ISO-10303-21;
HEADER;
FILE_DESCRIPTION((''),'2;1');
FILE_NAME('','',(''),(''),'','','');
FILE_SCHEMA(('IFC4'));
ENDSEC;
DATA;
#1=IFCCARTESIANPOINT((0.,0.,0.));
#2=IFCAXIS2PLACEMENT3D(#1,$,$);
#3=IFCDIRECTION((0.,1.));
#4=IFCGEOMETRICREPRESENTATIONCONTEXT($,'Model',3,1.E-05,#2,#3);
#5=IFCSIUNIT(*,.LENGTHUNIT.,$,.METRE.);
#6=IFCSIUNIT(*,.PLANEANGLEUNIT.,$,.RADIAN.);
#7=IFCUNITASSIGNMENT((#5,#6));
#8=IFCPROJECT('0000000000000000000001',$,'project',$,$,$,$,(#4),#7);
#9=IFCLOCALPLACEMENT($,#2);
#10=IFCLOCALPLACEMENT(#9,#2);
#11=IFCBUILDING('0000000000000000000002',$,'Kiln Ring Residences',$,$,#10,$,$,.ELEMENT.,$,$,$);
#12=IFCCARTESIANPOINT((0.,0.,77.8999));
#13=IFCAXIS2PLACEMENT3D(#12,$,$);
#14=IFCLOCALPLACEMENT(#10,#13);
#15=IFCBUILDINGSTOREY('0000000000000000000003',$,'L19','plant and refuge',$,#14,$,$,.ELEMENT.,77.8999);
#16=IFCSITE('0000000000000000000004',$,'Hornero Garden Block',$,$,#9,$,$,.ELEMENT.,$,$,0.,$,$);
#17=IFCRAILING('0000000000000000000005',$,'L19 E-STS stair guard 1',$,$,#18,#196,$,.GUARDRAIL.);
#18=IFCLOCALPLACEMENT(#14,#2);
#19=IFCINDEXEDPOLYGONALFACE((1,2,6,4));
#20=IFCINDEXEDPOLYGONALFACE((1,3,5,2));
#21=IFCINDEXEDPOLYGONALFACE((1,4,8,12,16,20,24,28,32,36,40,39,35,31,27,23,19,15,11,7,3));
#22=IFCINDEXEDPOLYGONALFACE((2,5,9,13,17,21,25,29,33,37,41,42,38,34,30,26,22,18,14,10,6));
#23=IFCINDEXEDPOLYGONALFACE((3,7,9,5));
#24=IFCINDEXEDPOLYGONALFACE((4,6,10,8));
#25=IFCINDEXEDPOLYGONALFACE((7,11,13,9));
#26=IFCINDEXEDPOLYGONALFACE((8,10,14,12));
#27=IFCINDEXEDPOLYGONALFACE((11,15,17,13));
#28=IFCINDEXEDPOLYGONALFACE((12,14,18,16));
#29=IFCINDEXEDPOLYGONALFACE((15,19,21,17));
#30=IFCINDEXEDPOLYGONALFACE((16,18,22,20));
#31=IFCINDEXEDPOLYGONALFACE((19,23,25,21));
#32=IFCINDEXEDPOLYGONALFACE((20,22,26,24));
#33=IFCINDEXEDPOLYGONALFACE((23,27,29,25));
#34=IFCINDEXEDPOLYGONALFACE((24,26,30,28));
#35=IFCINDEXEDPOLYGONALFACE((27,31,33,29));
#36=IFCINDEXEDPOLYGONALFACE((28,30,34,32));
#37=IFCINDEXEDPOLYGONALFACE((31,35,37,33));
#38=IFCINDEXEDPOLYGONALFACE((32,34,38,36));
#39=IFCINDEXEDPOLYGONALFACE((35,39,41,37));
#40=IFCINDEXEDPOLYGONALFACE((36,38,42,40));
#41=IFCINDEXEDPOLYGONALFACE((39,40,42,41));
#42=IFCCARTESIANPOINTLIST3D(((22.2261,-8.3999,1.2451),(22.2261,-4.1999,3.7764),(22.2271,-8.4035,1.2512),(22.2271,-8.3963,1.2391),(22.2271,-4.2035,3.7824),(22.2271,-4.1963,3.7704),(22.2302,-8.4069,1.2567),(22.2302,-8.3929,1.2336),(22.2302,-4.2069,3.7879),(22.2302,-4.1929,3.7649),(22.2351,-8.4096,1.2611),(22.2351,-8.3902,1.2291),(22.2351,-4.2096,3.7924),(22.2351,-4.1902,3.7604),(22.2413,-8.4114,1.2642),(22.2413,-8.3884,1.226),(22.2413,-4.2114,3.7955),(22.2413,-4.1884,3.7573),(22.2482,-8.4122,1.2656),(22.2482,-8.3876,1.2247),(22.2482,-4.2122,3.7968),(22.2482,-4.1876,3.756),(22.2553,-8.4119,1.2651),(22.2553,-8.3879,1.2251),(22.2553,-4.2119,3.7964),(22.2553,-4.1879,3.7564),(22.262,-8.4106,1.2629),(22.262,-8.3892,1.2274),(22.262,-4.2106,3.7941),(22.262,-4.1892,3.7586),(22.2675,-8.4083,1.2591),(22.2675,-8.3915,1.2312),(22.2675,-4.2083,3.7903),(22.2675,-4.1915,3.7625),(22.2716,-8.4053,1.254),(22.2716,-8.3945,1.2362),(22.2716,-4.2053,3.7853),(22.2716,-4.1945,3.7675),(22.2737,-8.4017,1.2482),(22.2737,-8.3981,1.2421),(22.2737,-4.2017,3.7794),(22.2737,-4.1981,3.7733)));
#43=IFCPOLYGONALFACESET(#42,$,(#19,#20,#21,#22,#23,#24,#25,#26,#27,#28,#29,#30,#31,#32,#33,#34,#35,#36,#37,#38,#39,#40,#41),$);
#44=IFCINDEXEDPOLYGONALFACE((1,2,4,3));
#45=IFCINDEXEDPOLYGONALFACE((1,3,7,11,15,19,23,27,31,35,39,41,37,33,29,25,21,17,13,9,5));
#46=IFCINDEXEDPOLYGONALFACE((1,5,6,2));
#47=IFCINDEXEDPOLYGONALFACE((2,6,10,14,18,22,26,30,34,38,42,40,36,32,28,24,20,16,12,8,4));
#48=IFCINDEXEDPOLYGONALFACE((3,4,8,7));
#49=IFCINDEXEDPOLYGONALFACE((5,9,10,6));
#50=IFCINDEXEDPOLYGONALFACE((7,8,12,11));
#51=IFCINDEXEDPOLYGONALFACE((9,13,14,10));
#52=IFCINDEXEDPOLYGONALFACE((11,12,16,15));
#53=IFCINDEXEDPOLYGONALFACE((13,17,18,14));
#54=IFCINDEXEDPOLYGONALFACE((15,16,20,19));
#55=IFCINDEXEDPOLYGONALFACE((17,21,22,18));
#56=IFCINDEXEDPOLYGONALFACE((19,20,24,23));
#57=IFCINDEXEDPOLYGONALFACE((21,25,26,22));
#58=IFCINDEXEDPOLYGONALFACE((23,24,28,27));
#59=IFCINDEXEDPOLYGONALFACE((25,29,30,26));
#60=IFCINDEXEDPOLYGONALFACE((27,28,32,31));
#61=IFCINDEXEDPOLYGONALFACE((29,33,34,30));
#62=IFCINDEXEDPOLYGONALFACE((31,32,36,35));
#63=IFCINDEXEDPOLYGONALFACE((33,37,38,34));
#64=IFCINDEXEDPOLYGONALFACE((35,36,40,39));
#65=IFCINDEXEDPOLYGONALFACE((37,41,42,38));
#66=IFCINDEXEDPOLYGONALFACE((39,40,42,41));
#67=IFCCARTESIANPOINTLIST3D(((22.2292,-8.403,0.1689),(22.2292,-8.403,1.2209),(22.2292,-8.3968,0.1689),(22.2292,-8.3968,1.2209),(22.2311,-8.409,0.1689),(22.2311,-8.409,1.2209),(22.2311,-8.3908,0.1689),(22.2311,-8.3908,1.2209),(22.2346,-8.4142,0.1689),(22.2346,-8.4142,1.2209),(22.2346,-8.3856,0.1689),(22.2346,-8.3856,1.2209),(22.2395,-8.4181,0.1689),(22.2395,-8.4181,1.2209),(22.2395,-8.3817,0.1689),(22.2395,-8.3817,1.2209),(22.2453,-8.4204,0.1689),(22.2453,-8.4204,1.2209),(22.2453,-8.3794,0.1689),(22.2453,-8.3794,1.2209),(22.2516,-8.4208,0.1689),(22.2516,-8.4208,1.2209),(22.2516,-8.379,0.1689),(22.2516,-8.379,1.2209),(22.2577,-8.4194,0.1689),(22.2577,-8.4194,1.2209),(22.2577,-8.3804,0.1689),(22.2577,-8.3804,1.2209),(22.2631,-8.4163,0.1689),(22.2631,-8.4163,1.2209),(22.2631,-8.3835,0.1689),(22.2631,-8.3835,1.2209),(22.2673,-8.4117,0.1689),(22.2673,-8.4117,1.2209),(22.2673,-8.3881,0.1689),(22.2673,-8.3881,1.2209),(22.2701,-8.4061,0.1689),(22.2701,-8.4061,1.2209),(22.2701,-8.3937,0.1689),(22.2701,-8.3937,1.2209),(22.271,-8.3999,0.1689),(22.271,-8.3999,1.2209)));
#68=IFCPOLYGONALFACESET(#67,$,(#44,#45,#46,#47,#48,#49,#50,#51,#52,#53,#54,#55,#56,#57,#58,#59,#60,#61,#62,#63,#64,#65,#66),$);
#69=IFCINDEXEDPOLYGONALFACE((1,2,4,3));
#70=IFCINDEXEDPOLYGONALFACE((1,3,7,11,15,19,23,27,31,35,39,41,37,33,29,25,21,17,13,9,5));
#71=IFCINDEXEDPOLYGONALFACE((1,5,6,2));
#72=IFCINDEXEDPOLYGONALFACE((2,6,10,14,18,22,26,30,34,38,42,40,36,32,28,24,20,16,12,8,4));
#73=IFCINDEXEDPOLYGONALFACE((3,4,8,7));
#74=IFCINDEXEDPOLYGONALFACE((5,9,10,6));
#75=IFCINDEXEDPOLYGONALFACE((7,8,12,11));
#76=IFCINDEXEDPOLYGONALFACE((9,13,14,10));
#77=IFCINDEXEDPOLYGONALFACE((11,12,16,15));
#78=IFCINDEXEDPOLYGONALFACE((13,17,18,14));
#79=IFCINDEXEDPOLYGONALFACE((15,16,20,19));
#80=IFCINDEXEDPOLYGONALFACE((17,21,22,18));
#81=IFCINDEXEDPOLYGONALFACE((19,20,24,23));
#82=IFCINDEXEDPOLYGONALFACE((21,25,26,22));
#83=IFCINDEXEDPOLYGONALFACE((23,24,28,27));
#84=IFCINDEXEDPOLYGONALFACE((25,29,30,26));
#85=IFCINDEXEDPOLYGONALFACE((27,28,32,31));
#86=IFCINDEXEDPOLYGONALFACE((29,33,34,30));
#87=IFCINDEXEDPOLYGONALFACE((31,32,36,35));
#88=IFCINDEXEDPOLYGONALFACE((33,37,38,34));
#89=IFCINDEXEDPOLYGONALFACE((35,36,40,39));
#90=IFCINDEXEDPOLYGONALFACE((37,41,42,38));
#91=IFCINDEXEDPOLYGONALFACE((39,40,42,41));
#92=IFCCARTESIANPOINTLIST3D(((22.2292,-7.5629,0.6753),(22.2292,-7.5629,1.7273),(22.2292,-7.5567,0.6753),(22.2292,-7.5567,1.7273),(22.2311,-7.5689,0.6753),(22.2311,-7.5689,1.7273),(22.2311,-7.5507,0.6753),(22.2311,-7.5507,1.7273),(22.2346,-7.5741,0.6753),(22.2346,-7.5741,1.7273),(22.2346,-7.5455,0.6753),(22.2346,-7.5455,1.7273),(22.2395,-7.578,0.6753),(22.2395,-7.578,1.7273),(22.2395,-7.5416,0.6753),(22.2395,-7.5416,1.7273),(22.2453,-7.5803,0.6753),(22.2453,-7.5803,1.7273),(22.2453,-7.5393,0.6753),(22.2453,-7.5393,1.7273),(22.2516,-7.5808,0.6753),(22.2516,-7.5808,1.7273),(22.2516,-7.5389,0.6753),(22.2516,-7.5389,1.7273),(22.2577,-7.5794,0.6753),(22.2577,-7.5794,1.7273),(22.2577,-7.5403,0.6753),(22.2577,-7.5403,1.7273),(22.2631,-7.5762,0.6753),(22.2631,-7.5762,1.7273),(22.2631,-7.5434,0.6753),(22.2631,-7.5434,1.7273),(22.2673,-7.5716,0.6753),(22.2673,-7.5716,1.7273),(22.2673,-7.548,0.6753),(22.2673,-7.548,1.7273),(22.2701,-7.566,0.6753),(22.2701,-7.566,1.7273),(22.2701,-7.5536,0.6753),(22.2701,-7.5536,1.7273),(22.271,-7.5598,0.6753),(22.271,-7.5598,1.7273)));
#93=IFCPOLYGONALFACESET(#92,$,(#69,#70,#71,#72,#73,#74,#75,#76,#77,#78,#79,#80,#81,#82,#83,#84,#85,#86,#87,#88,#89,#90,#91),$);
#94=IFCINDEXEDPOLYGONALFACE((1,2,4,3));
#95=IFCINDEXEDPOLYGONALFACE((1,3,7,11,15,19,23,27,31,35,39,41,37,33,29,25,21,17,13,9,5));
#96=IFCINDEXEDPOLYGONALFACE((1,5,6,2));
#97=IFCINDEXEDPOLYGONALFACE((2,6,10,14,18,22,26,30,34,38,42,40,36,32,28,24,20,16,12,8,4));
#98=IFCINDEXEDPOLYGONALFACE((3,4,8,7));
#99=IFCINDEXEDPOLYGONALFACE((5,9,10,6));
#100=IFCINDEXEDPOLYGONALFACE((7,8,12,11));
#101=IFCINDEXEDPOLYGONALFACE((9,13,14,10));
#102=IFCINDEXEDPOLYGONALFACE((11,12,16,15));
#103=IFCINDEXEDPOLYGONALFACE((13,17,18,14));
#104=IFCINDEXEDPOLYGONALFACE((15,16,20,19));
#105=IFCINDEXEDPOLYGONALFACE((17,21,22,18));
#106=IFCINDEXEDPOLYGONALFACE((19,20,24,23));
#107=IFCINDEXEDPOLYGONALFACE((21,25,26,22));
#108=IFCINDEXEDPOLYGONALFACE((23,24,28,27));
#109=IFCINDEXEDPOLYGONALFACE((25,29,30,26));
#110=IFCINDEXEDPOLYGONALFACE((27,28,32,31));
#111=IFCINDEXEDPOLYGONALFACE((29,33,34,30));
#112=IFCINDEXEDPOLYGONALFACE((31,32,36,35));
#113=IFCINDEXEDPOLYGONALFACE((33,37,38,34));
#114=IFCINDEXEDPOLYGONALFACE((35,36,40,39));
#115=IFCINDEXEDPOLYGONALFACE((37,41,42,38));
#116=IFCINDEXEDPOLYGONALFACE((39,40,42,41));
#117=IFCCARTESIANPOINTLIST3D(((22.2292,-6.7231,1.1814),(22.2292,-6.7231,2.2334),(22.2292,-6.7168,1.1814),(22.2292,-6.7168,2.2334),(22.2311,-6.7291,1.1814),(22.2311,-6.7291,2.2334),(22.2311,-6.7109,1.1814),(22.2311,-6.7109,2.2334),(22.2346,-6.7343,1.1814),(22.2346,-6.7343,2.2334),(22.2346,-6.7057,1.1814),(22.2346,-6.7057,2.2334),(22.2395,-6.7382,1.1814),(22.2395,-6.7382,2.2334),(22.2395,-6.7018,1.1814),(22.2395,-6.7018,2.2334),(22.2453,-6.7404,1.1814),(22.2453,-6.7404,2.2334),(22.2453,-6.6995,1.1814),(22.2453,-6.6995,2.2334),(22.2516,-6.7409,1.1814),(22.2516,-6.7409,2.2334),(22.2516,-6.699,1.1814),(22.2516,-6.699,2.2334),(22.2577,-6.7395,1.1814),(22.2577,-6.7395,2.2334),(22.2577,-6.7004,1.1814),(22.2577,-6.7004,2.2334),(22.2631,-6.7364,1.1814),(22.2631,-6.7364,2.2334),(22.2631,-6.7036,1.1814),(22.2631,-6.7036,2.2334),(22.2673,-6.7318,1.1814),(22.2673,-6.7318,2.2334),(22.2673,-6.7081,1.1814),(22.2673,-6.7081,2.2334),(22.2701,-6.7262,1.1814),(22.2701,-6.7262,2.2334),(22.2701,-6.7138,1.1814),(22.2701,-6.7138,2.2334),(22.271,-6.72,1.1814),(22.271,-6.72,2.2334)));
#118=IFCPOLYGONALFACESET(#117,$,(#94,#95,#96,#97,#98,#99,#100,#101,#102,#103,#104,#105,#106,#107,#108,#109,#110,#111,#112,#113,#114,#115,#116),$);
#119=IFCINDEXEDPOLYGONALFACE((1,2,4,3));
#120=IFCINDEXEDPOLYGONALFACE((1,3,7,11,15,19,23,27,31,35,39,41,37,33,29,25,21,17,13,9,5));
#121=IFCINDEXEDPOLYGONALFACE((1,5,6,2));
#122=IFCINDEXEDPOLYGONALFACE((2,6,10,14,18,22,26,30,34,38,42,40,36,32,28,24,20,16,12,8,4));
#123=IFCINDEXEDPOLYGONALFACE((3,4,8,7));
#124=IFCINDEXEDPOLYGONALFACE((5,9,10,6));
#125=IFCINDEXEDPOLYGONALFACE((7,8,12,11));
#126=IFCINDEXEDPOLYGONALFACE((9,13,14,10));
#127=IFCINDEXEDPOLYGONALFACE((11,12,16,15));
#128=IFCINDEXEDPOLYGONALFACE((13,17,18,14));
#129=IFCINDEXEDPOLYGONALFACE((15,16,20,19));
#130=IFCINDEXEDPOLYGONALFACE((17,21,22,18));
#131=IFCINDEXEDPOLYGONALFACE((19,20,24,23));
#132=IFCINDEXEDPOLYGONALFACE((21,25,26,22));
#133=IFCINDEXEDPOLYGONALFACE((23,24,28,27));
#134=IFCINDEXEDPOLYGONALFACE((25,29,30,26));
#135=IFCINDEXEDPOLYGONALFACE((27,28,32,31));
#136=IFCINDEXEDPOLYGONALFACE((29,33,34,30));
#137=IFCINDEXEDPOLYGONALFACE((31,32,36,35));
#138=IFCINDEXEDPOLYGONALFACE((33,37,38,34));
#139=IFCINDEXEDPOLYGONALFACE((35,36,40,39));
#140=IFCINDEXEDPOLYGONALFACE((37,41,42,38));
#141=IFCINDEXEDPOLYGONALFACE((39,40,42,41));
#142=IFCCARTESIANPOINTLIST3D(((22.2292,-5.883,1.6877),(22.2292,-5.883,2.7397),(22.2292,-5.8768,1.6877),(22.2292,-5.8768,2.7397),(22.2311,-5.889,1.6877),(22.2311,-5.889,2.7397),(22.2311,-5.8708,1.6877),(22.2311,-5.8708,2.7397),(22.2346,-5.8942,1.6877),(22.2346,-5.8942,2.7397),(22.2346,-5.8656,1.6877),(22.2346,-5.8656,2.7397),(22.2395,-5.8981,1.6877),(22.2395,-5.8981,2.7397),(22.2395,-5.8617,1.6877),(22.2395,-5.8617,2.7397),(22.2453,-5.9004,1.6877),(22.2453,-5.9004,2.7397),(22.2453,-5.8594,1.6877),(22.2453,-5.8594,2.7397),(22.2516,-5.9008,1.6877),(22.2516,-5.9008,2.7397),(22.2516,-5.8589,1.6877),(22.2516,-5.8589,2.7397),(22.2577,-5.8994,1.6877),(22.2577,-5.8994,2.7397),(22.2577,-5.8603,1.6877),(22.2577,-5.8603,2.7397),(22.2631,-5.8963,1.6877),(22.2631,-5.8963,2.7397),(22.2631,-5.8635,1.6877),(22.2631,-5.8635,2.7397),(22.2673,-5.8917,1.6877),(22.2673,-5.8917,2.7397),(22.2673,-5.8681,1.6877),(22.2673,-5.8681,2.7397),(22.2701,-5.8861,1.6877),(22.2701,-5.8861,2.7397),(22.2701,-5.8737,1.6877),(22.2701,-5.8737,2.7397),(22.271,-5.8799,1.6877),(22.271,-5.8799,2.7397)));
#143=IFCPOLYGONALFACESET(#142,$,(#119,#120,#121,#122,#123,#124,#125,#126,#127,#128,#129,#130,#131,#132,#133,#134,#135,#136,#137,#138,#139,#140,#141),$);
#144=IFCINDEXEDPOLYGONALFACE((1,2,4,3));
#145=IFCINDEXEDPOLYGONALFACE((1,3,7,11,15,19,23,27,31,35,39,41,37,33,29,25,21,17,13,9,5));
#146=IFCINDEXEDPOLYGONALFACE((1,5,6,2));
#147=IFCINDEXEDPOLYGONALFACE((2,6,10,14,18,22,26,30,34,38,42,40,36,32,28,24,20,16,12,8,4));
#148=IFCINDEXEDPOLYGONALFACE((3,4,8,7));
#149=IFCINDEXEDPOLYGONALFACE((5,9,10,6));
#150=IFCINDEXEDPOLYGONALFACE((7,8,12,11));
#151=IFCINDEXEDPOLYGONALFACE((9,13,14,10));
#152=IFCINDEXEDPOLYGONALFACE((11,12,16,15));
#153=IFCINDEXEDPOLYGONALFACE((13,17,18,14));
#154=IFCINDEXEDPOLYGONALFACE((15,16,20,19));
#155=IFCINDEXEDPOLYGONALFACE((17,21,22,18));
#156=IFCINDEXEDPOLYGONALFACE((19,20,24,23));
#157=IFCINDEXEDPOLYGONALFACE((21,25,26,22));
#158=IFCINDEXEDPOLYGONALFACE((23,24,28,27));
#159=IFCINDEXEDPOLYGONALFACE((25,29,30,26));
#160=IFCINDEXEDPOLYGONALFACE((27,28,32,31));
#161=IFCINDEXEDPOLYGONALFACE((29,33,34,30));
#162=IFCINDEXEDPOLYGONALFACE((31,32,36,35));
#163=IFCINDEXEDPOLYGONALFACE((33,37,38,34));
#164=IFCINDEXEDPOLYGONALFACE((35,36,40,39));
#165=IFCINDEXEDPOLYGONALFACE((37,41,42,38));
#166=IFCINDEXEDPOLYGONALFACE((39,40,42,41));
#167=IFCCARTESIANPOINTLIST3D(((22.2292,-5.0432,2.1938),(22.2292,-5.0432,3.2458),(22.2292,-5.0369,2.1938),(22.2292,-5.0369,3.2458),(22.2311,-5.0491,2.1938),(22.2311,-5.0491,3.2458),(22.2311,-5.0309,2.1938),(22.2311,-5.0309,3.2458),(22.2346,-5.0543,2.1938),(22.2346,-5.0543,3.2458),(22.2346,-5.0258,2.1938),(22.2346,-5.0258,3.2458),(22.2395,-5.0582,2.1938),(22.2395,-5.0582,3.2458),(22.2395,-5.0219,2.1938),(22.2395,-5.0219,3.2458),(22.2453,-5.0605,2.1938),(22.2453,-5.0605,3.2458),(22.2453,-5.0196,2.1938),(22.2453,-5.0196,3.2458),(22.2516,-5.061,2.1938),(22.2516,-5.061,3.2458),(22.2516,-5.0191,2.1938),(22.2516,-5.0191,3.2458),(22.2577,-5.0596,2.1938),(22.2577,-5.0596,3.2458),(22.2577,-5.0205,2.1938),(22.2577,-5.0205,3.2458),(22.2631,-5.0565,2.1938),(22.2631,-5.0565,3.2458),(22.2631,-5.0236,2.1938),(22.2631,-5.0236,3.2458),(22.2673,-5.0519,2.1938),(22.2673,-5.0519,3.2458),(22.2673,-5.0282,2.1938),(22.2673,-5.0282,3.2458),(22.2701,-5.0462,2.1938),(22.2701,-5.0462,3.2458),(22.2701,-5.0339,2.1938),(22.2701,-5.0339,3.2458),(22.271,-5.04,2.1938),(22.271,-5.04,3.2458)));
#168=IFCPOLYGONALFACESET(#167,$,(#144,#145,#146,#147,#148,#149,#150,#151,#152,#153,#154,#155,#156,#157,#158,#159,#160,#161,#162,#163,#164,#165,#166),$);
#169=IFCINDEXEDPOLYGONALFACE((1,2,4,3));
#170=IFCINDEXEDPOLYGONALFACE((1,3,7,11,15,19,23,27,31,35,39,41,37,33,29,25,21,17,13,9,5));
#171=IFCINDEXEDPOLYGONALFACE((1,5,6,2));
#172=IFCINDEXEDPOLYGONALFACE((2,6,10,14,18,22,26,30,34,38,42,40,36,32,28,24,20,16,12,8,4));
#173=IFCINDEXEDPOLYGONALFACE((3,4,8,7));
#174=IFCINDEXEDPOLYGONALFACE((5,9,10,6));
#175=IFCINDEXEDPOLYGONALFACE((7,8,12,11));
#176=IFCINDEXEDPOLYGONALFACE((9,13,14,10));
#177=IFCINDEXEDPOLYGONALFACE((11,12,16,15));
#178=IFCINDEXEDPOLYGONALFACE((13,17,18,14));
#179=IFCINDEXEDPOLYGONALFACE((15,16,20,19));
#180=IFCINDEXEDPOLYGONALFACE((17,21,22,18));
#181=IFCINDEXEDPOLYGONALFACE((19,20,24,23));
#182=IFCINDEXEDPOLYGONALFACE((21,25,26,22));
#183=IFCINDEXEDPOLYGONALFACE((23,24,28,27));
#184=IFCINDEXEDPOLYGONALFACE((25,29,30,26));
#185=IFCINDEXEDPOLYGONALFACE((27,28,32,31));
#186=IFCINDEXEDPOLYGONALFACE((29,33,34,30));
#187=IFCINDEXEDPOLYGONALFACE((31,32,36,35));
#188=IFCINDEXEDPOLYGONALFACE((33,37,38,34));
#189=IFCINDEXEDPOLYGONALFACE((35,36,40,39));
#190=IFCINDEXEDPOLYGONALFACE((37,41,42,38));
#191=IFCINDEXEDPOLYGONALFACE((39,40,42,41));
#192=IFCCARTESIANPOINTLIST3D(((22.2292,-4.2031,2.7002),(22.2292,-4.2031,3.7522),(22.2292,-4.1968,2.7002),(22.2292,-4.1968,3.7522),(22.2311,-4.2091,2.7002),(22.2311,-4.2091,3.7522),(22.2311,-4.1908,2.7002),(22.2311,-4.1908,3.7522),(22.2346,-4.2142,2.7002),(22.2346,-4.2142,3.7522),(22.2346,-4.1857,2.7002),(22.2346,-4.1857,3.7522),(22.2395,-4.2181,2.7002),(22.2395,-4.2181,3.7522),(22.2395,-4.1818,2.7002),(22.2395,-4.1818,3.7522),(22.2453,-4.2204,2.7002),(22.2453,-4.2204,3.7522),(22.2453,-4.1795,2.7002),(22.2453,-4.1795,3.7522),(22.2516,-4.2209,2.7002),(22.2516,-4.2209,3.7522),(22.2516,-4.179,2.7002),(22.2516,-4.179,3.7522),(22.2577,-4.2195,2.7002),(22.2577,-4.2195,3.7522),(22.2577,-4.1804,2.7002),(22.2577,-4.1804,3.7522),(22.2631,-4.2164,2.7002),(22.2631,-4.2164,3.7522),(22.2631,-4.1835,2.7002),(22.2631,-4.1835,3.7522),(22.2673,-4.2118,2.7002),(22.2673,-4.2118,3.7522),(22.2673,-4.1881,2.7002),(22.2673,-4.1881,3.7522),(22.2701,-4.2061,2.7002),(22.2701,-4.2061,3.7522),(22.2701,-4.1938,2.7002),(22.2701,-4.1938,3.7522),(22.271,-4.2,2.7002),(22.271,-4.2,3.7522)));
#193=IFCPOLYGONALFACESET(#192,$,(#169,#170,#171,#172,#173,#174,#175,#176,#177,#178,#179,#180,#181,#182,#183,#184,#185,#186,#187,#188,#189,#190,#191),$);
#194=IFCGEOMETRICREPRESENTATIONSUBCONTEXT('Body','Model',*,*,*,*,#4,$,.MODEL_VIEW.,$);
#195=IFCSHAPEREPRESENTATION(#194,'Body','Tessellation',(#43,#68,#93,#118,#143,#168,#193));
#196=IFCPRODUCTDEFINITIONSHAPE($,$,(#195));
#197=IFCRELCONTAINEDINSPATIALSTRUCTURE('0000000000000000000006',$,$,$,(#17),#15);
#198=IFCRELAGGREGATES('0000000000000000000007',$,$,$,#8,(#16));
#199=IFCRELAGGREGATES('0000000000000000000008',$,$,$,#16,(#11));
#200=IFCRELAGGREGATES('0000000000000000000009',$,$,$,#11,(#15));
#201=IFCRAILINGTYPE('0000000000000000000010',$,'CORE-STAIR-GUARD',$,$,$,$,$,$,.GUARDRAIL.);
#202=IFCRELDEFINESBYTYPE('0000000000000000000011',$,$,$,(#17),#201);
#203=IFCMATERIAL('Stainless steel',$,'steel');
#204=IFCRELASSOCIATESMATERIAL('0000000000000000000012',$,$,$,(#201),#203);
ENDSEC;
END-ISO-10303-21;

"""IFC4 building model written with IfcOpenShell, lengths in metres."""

from ifc_helpers import new_model, si_unit, direction, frame, origin, origin_2d, place, context, subcontext, project, spatial, circle, extrude, material, type_object, element, save


model = new_model("IFC4")

# Units and contexts
model_context = context("Model", 3, precision=1e-05, world=origin(), true_north=direction((0.0, 1.0)))
body_context = subcontext(model_context, "Body", "Model", "MODEL_VIEW")
ifc_project = project(units=[si_unit("LENGTHUNIT", "METRE"), si_unit("PLANEANGLEUNIT", "RADIAN")], contexts=[model_context])

# Site, building, storey
site_placement = place(None, origin())
site = spatial("IfcSite", under=ifc_project, at=site_placement, Name="Hornero Garden Block", CompositionType="ELEMENT", RefElevation=0.0)
building_placement = place(site_placement, origin())
building = spatial("IfcBuilding", under=site, at=building_placement, Name="Kiln Ring Residences", CompositionType="ELEMENT")
storey_placement = place(building_placement, frame((0.0, 0.0, 77.8999)))
storey = spatial("IfcBuildingStorey", under=building, at=storey_placement, Name="L19", Description="plant and refuge", CompositionType="ELEMENT", Elevation=77.8999)

# Railing
ifc_material_1 = material(Name="Stainless steel", Category="steel")
railing_type_1 = type_object("IfcRailingType", Name="CORE-STAIR-GUARD", PredefinedType="GUARDRAIL", material=ifc_material_1)
railing_1_placement = place(storey_placement, frame((22.25, -8.3999, 0.1689)))
element("IfcRailing", 1, at=railing_1_placement, inside=storey, type_object=railing_type_1, Name="L19 E-STS stair guard 1", PredefinedType="GUARDRAIL", context=body_context, shape_type="SweptSolid", body=[
    extrude(circle(Radius=0.0239, at=origin_2d()), frame((0.0, 0.0, 1.0762), z_axis=(0.0, 0.856476, 0.516186), x_axis=(-1.0, 0.0, 0.0)), (0.0, 0.0, 1.0), 4.9038),
    extrude(circle(Radius=0.021, at=origin_2d()), origin(), (0.0, 0.0, 1.0), 1.052),
    extrude(circle(Radius=0.021, at=origin_2d()), frame((0.0, 0.8401, 0.5063)), (0.0, 0.0, 1.0), 1.052),
    extrude(circle(Radius=0.021, at=origin_2d()), frame((0.0, 1.6799, 1.0125)), (0.0, 0.0, 1.0), 1.052),
    extrude(circle(Radius=0.021, at=origin_2d()), frame((0.0, 2.52, 1.5188)), (0.0, 0.0, 1.0), 1.052),
    extrude(circle(Radius=0.021, at=origin_2d()), frame((0.0, 3.3599, 2.0249)), (0.0, 0.0, 1.0), 1.052),
    extrude(circle(Radius=0.021, at=origin_2d()), frame((0.0, 4.2, 2.5312)), (0.0, 0.0, 1.0), 1.052),
])

save(model, "model.ifc")
